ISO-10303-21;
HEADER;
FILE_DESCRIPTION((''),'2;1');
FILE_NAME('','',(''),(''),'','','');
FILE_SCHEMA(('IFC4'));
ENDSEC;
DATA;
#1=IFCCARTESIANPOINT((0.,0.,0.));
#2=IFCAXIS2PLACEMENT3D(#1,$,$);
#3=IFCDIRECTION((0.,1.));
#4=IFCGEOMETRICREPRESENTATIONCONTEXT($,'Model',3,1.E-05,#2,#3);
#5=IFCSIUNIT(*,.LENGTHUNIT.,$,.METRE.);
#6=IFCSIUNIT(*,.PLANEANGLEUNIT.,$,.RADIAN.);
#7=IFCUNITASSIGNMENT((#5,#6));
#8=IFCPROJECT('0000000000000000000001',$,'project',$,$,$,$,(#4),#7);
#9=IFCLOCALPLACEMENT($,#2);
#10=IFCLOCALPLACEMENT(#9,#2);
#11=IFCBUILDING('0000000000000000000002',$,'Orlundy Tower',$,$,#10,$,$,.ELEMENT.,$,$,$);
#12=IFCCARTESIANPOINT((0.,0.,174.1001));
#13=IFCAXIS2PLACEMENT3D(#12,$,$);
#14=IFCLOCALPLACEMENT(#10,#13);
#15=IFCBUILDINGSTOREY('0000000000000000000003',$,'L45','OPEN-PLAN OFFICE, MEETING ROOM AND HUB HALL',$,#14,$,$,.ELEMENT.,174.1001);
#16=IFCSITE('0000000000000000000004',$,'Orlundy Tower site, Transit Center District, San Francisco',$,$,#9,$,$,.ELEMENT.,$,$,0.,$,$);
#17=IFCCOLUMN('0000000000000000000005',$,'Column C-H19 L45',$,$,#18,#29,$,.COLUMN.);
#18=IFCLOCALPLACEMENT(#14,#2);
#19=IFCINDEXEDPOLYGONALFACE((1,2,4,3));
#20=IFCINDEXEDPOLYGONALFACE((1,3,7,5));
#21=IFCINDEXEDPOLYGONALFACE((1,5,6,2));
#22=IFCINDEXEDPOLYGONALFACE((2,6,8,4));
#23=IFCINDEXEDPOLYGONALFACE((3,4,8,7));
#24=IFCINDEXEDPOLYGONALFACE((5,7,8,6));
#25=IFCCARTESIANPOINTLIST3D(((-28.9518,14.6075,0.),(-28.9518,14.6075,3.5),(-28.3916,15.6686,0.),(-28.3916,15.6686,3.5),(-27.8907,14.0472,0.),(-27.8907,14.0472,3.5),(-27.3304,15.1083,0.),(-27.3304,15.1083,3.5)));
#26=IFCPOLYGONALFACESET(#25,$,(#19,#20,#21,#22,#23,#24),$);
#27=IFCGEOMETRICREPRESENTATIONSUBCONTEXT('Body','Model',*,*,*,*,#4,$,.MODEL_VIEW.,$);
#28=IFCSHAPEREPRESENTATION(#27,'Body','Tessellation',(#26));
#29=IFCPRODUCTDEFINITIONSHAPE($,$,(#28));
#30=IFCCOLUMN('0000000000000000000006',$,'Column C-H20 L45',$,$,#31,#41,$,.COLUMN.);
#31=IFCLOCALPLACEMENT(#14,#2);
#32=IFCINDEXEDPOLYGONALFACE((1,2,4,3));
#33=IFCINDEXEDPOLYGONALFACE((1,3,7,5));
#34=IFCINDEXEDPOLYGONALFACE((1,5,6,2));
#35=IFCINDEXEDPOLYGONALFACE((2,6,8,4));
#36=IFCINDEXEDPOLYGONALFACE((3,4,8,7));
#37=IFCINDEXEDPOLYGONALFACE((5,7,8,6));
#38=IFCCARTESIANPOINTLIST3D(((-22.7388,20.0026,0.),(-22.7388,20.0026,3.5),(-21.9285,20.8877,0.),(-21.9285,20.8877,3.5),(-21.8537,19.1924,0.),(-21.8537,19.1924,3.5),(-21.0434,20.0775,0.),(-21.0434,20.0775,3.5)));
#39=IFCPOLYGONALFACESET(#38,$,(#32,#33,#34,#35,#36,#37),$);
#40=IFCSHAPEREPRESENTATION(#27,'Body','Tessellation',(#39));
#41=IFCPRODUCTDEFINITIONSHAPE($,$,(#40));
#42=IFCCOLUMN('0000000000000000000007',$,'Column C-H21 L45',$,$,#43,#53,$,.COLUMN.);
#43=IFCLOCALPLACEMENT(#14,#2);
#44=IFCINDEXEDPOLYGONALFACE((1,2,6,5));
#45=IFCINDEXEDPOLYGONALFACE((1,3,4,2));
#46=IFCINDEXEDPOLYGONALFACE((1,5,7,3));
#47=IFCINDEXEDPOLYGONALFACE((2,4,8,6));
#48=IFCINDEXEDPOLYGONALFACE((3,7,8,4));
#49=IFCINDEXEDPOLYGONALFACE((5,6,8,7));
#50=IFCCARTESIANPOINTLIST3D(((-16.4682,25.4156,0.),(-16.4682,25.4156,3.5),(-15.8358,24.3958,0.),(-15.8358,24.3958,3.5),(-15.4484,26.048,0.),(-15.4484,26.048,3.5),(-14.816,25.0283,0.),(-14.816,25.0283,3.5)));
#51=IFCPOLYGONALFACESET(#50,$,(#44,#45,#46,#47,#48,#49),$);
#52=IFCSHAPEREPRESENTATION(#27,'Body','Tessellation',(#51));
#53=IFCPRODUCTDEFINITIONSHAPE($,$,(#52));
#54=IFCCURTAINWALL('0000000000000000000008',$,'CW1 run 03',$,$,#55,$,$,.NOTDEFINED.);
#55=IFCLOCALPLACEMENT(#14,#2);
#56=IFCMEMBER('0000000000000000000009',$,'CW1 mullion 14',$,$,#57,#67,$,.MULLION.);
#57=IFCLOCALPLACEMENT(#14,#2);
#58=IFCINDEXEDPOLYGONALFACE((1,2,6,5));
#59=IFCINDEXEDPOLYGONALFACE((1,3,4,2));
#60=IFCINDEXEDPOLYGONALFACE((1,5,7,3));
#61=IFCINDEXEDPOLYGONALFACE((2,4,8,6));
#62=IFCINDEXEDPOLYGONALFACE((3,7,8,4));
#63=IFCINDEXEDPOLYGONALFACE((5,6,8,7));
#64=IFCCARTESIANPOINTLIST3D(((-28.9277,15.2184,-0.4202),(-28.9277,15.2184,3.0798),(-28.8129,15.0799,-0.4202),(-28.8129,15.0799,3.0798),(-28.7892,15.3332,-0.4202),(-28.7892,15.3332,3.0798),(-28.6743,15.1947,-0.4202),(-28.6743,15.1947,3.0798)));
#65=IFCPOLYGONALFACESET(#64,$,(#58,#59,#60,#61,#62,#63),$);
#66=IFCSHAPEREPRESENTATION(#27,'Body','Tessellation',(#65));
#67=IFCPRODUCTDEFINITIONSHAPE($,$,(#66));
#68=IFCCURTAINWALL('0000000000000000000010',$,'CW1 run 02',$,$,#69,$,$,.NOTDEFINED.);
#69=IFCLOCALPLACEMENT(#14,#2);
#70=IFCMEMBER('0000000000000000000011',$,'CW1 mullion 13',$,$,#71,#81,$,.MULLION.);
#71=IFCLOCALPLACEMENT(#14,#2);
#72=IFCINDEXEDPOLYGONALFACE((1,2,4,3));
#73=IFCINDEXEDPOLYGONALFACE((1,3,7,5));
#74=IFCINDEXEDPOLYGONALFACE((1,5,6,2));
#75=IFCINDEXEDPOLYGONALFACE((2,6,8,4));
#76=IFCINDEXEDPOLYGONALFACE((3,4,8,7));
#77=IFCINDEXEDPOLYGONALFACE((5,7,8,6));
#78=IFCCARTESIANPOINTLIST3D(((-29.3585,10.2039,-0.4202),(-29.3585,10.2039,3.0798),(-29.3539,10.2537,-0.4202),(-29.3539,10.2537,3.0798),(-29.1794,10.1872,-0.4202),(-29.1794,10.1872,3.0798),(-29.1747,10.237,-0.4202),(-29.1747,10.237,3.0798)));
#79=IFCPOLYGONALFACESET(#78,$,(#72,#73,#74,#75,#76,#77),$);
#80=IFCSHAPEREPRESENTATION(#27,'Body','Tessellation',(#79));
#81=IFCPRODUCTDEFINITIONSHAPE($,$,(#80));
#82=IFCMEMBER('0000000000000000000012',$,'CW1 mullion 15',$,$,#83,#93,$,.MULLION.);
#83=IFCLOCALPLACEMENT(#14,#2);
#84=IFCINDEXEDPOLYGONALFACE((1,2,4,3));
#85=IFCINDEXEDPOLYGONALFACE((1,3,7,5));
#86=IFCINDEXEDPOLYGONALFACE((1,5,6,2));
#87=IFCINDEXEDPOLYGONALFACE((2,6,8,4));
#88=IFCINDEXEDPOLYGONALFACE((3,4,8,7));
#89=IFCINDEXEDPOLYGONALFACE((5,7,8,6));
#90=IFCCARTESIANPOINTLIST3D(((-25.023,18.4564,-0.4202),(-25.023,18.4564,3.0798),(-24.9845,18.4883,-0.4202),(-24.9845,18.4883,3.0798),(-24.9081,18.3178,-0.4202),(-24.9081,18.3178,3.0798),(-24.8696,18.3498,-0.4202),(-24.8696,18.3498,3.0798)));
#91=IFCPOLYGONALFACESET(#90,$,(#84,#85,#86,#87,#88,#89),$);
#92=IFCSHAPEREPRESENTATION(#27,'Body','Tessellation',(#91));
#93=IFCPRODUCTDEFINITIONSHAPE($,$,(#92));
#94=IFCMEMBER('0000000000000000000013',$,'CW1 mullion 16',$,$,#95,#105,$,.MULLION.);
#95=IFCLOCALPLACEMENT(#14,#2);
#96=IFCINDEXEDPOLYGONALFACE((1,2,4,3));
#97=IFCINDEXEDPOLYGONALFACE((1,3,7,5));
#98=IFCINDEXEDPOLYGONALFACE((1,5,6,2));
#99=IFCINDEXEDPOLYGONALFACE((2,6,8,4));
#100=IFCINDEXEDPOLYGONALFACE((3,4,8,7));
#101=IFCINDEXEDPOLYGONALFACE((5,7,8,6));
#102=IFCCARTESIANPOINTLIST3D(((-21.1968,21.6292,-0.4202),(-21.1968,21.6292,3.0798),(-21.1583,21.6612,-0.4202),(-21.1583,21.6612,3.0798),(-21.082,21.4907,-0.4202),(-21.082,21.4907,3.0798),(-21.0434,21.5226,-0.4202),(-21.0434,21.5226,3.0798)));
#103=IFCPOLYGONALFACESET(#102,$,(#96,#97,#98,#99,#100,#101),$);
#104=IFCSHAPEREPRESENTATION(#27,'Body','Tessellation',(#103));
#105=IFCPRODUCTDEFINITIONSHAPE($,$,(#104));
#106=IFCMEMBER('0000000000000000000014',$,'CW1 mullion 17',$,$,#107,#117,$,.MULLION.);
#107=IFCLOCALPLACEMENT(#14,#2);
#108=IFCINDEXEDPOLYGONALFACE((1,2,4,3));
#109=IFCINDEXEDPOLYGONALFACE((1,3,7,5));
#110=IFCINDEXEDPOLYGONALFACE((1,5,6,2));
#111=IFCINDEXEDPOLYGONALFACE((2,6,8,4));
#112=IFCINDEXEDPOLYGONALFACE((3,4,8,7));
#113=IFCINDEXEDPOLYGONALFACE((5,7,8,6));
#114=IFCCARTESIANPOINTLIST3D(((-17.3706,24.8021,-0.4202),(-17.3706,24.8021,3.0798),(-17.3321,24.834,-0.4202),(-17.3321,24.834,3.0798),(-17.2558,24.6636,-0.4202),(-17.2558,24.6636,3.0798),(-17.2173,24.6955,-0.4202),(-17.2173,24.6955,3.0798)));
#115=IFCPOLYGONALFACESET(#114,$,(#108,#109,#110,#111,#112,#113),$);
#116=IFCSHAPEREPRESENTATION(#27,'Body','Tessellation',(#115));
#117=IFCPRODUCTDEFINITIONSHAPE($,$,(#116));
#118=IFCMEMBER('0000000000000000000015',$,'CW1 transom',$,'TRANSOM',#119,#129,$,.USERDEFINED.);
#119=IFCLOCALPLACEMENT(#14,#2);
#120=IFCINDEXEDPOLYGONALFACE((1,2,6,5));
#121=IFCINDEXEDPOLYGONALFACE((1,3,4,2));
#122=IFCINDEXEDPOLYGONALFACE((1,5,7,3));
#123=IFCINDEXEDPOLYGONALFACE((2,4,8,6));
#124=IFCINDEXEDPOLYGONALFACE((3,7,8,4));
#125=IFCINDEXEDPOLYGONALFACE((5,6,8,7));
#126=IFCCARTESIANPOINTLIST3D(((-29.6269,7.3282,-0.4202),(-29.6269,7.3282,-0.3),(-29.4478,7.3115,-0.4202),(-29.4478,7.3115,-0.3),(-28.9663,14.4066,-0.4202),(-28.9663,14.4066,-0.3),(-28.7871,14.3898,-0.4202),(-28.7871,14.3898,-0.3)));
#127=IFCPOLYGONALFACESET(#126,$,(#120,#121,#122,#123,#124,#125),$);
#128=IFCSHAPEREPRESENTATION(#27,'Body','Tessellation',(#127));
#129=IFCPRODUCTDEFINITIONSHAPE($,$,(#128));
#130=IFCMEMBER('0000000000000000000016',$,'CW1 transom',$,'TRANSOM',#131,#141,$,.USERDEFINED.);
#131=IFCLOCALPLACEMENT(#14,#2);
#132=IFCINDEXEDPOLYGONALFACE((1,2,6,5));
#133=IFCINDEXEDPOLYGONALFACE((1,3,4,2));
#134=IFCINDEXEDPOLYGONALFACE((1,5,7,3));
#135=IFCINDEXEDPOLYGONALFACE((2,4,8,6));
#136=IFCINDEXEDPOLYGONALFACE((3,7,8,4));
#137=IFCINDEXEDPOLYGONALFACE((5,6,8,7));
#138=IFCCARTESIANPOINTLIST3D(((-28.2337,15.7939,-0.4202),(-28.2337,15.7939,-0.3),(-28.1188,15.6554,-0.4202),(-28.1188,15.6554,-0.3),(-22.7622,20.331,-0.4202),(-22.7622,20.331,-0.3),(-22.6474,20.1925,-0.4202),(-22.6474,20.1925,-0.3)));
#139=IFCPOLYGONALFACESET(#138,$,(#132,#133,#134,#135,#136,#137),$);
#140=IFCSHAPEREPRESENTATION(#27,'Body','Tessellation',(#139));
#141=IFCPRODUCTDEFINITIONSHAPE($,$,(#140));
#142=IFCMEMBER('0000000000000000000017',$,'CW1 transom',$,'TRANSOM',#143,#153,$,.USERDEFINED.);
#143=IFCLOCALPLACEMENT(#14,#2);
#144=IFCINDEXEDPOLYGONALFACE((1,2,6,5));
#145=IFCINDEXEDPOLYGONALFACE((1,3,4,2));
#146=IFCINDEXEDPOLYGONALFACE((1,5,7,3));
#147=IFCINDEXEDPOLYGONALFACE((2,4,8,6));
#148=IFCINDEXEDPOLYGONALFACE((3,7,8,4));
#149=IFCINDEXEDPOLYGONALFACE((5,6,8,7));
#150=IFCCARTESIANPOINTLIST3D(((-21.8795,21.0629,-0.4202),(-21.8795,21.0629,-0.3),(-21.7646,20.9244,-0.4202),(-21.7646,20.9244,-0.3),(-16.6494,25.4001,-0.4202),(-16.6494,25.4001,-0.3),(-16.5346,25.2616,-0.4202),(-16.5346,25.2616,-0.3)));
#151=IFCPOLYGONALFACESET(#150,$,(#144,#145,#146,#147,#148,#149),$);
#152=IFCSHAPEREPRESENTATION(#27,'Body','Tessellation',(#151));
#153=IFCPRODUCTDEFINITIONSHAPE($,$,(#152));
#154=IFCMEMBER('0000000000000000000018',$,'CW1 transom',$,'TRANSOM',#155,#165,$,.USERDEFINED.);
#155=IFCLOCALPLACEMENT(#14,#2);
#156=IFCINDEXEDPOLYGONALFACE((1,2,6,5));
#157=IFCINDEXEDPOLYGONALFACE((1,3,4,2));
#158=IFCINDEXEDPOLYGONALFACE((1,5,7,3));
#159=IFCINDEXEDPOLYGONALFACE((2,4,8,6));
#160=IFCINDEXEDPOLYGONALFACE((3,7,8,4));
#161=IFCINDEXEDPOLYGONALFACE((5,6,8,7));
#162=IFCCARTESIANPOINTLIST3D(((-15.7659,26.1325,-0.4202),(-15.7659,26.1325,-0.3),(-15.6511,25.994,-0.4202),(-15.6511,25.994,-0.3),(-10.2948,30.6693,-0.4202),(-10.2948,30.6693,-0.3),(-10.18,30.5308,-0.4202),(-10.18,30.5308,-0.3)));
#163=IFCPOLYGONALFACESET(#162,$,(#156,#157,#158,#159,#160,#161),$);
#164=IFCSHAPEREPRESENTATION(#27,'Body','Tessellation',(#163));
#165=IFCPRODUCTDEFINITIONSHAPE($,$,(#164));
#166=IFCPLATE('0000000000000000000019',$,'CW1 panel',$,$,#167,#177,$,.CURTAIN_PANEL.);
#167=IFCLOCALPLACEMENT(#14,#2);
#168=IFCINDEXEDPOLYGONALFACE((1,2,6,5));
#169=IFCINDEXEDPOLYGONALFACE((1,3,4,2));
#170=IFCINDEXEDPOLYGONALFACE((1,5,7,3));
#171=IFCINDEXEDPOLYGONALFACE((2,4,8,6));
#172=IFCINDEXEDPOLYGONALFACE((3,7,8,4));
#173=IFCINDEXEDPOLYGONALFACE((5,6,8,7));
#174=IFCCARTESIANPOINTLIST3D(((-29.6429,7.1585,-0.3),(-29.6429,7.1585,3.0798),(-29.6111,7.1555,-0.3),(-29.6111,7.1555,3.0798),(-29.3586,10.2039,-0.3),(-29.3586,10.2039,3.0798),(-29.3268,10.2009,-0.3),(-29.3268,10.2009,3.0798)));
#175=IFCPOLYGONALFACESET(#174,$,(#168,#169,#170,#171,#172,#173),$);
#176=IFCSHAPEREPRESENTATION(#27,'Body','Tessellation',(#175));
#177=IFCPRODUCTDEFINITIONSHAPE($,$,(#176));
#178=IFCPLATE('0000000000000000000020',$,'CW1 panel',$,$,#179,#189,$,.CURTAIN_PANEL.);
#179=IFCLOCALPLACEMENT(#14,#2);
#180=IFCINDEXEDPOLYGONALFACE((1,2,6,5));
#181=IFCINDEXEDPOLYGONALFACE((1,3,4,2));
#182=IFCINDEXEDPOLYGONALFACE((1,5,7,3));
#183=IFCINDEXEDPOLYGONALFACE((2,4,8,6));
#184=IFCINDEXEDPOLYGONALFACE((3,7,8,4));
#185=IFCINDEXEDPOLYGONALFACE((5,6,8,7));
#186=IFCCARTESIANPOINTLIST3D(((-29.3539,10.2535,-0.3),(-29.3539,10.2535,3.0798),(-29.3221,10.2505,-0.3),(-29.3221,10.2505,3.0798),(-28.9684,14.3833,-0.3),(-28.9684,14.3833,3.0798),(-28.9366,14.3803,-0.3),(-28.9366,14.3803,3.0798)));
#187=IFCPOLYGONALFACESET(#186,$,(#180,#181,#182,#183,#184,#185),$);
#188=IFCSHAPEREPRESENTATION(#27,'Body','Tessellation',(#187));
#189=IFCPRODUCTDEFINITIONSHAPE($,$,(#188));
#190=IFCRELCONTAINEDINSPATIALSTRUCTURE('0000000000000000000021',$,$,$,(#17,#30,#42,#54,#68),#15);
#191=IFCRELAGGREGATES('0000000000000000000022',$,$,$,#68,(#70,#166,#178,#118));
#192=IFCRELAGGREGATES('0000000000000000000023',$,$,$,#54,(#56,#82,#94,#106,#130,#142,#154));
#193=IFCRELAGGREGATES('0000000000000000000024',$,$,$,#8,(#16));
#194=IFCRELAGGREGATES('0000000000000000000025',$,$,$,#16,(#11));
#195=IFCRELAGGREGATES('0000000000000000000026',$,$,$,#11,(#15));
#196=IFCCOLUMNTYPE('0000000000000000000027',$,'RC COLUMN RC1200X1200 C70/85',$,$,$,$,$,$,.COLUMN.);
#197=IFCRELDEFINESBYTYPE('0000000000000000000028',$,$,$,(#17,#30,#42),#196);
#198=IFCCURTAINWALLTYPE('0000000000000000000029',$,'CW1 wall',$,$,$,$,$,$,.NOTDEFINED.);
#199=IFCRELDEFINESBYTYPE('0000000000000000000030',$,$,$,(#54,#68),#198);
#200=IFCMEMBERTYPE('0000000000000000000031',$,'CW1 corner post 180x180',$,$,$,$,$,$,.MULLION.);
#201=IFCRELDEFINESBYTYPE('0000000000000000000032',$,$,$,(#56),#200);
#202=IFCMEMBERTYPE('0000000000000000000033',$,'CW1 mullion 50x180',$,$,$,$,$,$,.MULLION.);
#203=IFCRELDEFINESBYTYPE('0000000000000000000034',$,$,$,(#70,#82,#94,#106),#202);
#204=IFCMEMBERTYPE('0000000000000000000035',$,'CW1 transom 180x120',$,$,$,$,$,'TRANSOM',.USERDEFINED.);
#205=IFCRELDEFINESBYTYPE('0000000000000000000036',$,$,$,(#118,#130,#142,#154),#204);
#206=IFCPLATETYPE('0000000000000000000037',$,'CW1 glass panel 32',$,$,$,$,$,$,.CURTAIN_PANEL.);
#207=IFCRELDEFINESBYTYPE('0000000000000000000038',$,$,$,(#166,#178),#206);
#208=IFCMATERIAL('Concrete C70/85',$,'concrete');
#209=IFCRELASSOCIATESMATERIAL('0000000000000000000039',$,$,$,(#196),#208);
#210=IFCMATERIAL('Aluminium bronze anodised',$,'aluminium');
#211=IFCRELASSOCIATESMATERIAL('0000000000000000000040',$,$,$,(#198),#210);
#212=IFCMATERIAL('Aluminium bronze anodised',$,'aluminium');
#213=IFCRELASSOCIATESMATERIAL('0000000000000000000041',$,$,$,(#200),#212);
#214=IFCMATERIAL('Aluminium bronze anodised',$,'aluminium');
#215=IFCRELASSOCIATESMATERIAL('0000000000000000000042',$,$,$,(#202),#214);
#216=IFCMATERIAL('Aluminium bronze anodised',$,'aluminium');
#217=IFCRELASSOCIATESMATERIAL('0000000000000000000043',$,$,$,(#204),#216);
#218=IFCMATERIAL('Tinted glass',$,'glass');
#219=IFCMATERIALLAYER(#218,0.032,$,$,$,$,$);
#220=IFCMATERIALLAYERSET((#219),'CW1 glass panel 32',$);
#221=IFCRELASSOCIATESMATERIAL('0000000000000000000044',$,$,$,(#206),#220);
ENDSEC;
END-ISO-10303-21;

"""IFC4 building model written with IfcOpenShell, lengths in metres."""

from ifc_helpers import new_model, si_unit, direction, frame, origin, origin_2d, place, context, subcontext, project, spatial, rectangle, extrude, material, layer, layer_set, material_profile, profile_set, type_object, element, aggregate, save


model = new_model("IFC4")

# Units and contexts
model_context = context("Model", 3, precision=1e-05, world=origin(), true_north=direction((0.0, 1.0)))
body_context = subcontext(model_context, "Body", "Model", "MODEL_VIEW")
ifc_project = project(units=[si_unit("LENGTHUNIT", "METRE"), si_unit("PLANEANGLEUNIT", "RADIAN")], contexts=[model_context])

# Site, building, storey
site_placement = place(None, origin())
site = spatial("IfcSite", under=ifc_project, at=site_placement, Name="Orlundy Tower site, Transit Center District, San Francisco", CompositionType="ELEMENT", RefElevation=0.0)
building_placement = place(site_placement, origin())
building = spatial("IfcBuilding", under=site, at=building_placement, Name="Orlundy Tower", CompositionType="ELEMENT")
storey_placement = place(building_placement, frame((0.0, 0.0, 174.1001)))
storey = spatial("IfcBuildingStorey", under=building, at=storey_placement, Name="L45", Description="OPEN-PLAN OFFICE, MEETING ROOM AND HUB HALL", CompositionType="ELEMENT", Elevation=174.1001)

# Columns
ifc_material_1 = material(Name="Concrete C70/85", Category="concrete")
ifc_material_profile_1 = material_profile(ifc_material_1, rectangle(XDim=1.2, YDim=1.2, at=origin_2d()), Name="RC1200X1200")
ifc_profile_set_1 = profile_set([ifc_material_profile_1], Name="Concrete C70/85")
column_type = type_object("IfcColumnType", Name="RC COLUMN RC1200X1200 C70/85", PredefinedType="COLUMN", material=ifc_profile_set_1)
for number, where, z_axis, x_axis, name in (
    (1, (-28.1411, 14.8579, 0.0), (0.0, 0.0, 1.0), (-0.884312, 0.466896, 0.0), "Column C-H19 L45"),
    (2, (-21.8911, 20.04, 0.0), (0.0, 0.0, 1.0), (-0.737607, 0.67523, 0.0), "Column C-H20 L45"),
    (3, (-15.6421, 25.2219, 0.0), (0.0, 0.0, 1.0), (-0.527045, 0.849838, 0.0), "Column C-H21 L45"),
):
    element("IfcColumn", number, at=place(storey_placement, frame(where, z_axis=z_axis, x_axis=x_axis)), inside=storey, type_object=column_type, Name=name, PredefinedType="COLUMN", context=body_context, shape_type="SweptSolid", body=[
        extrude(rectangle(XDim=1.2, YDim=1.2, at=origin_2d()), origin(), (0.0, 0.0, 1.0), 3.5),
    ])

# Curtain walls, members
ifc_material_2 = material(Name="Aluminium bronze anodised", Category="aluminium")
curtain_wall_type = type_object("IfcCurtainWallType", Name="CW1 wall", PredefinedType="NOTDEFINED", material=ifc_material_2)
curtain_wall_1_placement = place(storey_placement, origin())
curtain_wall_1 = element("IfcCurtainWall", 4, at=curtain_wall_1_placement, inside=storey, type_object=curtain_wall_type, Name="CW1 run 03", PredefinedType="NOTDEFINED")
ifc_material_3 = material(Name="Aluminium bronze anodised", Category="aluminium")
ifc_material_profile_2 = material_profile(ifc_material_3, rectangle(XDim=0.1799, YDim=0.1799, at=origin_2d()), Name="CW1 corner post 180x180")
ifc_profile_set_2 = profile_set([ifc_material_profile_2], Name="Aluminium bronze anodised")
member_type_1 = type_object("IfcMemberType", Name="CW1 corner post 180x180", PredefinedType="MULLION", material=ifc_profile_set_2)
member_1_placement = place(storey_placement, frame((-28.801, 15.2065, -0.4202), z_axis=(0.0, 0.0, 1.0), x_axis=(-0.638318, 0.769772, 0.0)))
member_1 = element("IfcMember", 5, at=member_1_placement, type_object=member_type_1, Name="CW1 mullion 14", PredefinedType="MULLION", context=body_context, shape_type="SweptSolid", body=[
    extrude(rectangle(XDim=0.1799, YDim=0.1799, at=origin_2d()), origin(), (0.0, 0.0, 1.0), 3.5),
])
curtain_wall_2_placement = place(storey_placement, origin())
curtain_wall_2 = element("IfcCurtainWall", 6, at=curtain_wall_2_placement, inside=storey, type_object=curtain_wall_type, Name="CW1 run 02", PredefinedType="NOTDEFINED")
ifc_material_4 = material(Name="Aluminium bronze anodised", Category="aluminium")
ifc_material_profile_3 = material_profile(ifc_material_4, rectangle(XDim=0.1799, YDim=0.05, at=origin_2d()), Name="CW1 mullion 50x180")
ifc_profile_set_3 = profile_set([ifc_material_profile_3], Name="Aluminium bronze anodised")
member_type_2 = type_object("IfcMemberType", Name="CW1 mullion 50x180", PredefinedType="MULLION", material=ifc_profile_set_3)
member_2_placement = place(storey_placement, frame((-29.2666, 10.2205, -0.4202), z_axis=(0.0, 0.0, 1.0), x_axis=(-0.995671, 0.092948, 0.0)))
member_2 = element("IfcMember", 7, at=member_2_placement, type_object=member_type_2, Name="CW1 mullion 13", PredefinedType="MULLION", context=body_context, shape_type="SweptSolid", body=[
    extrude(rectangle(XDim=0.1799, YDim=0.05, at=origin_2d()), origin(), (0.0, 0.0, 1.0), 3.5),
])

# Members
member_3_placement = place(storey_placement, frame((-24.9463, 18.4031, -0.4202), z_axis=(0.0, 0.0, 1.0), x_axis=(-0.638318, 0.769772, 0.0)))
member_3 = element("IfcMember", 8, at=member_3_placement, type_object=member_type_2, Name="CW1 mullion 15", PredefinedType="MULLION", context=body_context, shape_type="SweptSolid", body=[
    extrude(rectangle(XDim=0.1799, YDim=0.05, at=origin_2d()), origin(), (0.0, 0.0, 1.0), 3.5),
])
member_4_placement = place(storey_placement, frame((-21.1201, 21.5759, -0.4202), z_axis=(0.0, 0.0, 1.0), x_axis=(-0.638318, 0.769772, 0.0)))
member_4 = element("IfcMember", 9, at=member_4_placement, type_object=member_type_2, Name="CW1 mullion 16", PredefinedType="MULLION", context=body_context, shape_type="SweptSolid", body=[
    extrude(rectangle(XDim=0.1799, YDim=0.05, at=origin_2d()), origin(), (0.0, 0.0, 1.0), 3.5),
])
member_5_placement = place(storey_placement, frame((-17.2939, 24.7488, -0.4202), z_axis=(0.0, 0.0, 1.0), x_axis=(-0.638318, 0.769772, 0.0)))
member_5 = element("IfcMember", 10, at=member_5_placement, type_object=member_type_2, Name="CW1 mullion 17", PredefinedType="MULLION", context=body_context, shape_type="SweptSolid", body=[
    extrude(rectangle(XDim=0.1799, YDim=0.05, at=origin_2d()), origin(), (0.0, 0.0, 1.0), 3.5),
])
ifc_material_5 = material(Name="Aluminium bronze anodised", Category="aluminium")
ifc_material_profile_4 = material_profile(ifc_material_5, rectangle(XDim=0.1799, YDim=0.1201, at=origin_2d()), Name="CW1 transom 180x120")
ifc_profile_set_4 = profile_set([ifc_material_profile_4], Name="Aluminium bronze anodised")
member_type_3 = type_object("IfcMemberType", Name="CW1 transom 180x120", ElementType="TRANSOM", PredefinedType="USERDEFINED", material=ifc_profile_set_4)
member_6_placement = place(storey_placement, frame((-29.5374, 7.3198, -0.3601), z_axis=(0.092929, 0.995673, 0.0), x_axis=(-0.995673, 0.092929, 0.0)))
member_6 = element("IfcMember", 11, at=member_6_placement, type_object=member_type_3, Name="CW1 transom", ObjectType="TRANSOM", PredefinedType="USERDEFINED", context=body_context, shape_type="SweptSolid", body=[
    extrude(rectangle(XDim=0.1799, YDim=0.1201, at=origin_2d()), origin(), (0.0, 0.0, 1.0), 7.1091),
])
member_7_placement = place(storey_placement, frame((-28.1763, 15.7246, -0.3601), z_axis=(0.76977, 0.638321, 0.0), x_axis=(-0.638321, 0.76977, 0.0)))
member_7 = element("IfcMember", 12, at=member_7_placement, type_object=member_type_3, Name="CW1 transom", ObjectType="TRANSOM", PredefinedType="USERDEFINED", context=body_context, shape_type="SweptSolid", body=[
    extrude(rectangle(XDim=0.1799, YDim=0.1201, at=origin_2d()), origin(), (0.0, 0.0, 1.0), 7.1079),
])
member_8_placement = place(storey_placement, frame((-21.822, 20.9937, -0.3601), z_axis=(0.769751, 0.638345, 0.0), x_axis=(-0.638345, 0.769751, 0.0)))
member_8 = element("IfcMember", 13, at=member_8_placement, type_object=member_type_3, Name="CW1 transom", ObjectType="TRANSOM", PredefinedType="USERDEFINED", context=body_context, shape_type="SweptSolid", body=[
    extrude(rectangle(XDim=0.1799, YDim=0.1201, at=origin_2d()), origin(), (0.0, 0.0, 1.0), 6.7944),
])
member_9_placement = place(storey_placement, frame((-15.7085, 26.0632, -0.3601), z_axis=(0.769773, 0.638318, 0.0), x_axis=(-0.638318, 0.769773, 0.0)))
member_9 = element("IfcMember", 14, at=member_9_placement, type_object=member_type_3, Name="CW1 transom", ObjectType="TRANSOM", PredefinedType="USERDEFINED", context=body_context, shape_type="SweptSolid", body=[
    extrude(rectangle(XDim=0.1799, YDim=0.1201, at=origin_2d()), origin(), (0.0, 0.0, 1.0), 7.1074),
])

# Plates
ifc_material_6 = material(Name="Tinted glass", Category="glass")
ifc_layer_1 = layer(ifc_material_6, 0.032)
ifc_layer_set_1 = layer_set([ifc_layer_1], Name="CW1 glass panel 32")
plate_type = type_object("IfcPlateType", Name="CW1 glass panel 32", PredefinedType="CURTAIN_PANEL", material=ifc_layer_set_1)
plate_1_placement = place(storey_placement, frame((-29.4849, 8.6797, -0.3), z_axis=(0.0, 0.0, 1.0), x_axis=(0.092948, 0.995671, 0.0)))
plate_1 = element("IfcPlate", 15, at=plate_1_placement, type_object=plate_type, Name="CW1 panel", PredefinedType="CURTAIN_PANEL", context=body_context, shape_type="SweptSolid", body=[
    extrude(rectangle(XDim=3.0586, YDim=0.032, at=origin_2d()), origin(), (0.0, 0.0, 1.0), 3.3799),
])
plate_2_placement = place(storey_placement, frame((-29.1453, 12.3169, -0.3), z_axis=(0.0, 0.0, 1.0), x_axis=(0.092948, 0.995671, 0.0)))
plate_2 = element("IfcPlate", 16, at=plate_2_placement, type_object=plate_type, Name="CW1 panel", PredefinedType="CURTAIN_PANEL", context=body_context, shape_type="SweptSolid", body=[
    extrude(rectangle(XDim=4.1477, YDim=0.032, at=origin_2d()), origin(), (0.0, 0.0, 1.0), 3.3799),
])
aggregate(curtain_wall_2, [member_2, plate_1, plate_2, member_6])
aggregate(curtain_wall_1, [member_1, member_3, member_4, member_5, member_7, member_8, member_9])

save(model, "model.ifc")
